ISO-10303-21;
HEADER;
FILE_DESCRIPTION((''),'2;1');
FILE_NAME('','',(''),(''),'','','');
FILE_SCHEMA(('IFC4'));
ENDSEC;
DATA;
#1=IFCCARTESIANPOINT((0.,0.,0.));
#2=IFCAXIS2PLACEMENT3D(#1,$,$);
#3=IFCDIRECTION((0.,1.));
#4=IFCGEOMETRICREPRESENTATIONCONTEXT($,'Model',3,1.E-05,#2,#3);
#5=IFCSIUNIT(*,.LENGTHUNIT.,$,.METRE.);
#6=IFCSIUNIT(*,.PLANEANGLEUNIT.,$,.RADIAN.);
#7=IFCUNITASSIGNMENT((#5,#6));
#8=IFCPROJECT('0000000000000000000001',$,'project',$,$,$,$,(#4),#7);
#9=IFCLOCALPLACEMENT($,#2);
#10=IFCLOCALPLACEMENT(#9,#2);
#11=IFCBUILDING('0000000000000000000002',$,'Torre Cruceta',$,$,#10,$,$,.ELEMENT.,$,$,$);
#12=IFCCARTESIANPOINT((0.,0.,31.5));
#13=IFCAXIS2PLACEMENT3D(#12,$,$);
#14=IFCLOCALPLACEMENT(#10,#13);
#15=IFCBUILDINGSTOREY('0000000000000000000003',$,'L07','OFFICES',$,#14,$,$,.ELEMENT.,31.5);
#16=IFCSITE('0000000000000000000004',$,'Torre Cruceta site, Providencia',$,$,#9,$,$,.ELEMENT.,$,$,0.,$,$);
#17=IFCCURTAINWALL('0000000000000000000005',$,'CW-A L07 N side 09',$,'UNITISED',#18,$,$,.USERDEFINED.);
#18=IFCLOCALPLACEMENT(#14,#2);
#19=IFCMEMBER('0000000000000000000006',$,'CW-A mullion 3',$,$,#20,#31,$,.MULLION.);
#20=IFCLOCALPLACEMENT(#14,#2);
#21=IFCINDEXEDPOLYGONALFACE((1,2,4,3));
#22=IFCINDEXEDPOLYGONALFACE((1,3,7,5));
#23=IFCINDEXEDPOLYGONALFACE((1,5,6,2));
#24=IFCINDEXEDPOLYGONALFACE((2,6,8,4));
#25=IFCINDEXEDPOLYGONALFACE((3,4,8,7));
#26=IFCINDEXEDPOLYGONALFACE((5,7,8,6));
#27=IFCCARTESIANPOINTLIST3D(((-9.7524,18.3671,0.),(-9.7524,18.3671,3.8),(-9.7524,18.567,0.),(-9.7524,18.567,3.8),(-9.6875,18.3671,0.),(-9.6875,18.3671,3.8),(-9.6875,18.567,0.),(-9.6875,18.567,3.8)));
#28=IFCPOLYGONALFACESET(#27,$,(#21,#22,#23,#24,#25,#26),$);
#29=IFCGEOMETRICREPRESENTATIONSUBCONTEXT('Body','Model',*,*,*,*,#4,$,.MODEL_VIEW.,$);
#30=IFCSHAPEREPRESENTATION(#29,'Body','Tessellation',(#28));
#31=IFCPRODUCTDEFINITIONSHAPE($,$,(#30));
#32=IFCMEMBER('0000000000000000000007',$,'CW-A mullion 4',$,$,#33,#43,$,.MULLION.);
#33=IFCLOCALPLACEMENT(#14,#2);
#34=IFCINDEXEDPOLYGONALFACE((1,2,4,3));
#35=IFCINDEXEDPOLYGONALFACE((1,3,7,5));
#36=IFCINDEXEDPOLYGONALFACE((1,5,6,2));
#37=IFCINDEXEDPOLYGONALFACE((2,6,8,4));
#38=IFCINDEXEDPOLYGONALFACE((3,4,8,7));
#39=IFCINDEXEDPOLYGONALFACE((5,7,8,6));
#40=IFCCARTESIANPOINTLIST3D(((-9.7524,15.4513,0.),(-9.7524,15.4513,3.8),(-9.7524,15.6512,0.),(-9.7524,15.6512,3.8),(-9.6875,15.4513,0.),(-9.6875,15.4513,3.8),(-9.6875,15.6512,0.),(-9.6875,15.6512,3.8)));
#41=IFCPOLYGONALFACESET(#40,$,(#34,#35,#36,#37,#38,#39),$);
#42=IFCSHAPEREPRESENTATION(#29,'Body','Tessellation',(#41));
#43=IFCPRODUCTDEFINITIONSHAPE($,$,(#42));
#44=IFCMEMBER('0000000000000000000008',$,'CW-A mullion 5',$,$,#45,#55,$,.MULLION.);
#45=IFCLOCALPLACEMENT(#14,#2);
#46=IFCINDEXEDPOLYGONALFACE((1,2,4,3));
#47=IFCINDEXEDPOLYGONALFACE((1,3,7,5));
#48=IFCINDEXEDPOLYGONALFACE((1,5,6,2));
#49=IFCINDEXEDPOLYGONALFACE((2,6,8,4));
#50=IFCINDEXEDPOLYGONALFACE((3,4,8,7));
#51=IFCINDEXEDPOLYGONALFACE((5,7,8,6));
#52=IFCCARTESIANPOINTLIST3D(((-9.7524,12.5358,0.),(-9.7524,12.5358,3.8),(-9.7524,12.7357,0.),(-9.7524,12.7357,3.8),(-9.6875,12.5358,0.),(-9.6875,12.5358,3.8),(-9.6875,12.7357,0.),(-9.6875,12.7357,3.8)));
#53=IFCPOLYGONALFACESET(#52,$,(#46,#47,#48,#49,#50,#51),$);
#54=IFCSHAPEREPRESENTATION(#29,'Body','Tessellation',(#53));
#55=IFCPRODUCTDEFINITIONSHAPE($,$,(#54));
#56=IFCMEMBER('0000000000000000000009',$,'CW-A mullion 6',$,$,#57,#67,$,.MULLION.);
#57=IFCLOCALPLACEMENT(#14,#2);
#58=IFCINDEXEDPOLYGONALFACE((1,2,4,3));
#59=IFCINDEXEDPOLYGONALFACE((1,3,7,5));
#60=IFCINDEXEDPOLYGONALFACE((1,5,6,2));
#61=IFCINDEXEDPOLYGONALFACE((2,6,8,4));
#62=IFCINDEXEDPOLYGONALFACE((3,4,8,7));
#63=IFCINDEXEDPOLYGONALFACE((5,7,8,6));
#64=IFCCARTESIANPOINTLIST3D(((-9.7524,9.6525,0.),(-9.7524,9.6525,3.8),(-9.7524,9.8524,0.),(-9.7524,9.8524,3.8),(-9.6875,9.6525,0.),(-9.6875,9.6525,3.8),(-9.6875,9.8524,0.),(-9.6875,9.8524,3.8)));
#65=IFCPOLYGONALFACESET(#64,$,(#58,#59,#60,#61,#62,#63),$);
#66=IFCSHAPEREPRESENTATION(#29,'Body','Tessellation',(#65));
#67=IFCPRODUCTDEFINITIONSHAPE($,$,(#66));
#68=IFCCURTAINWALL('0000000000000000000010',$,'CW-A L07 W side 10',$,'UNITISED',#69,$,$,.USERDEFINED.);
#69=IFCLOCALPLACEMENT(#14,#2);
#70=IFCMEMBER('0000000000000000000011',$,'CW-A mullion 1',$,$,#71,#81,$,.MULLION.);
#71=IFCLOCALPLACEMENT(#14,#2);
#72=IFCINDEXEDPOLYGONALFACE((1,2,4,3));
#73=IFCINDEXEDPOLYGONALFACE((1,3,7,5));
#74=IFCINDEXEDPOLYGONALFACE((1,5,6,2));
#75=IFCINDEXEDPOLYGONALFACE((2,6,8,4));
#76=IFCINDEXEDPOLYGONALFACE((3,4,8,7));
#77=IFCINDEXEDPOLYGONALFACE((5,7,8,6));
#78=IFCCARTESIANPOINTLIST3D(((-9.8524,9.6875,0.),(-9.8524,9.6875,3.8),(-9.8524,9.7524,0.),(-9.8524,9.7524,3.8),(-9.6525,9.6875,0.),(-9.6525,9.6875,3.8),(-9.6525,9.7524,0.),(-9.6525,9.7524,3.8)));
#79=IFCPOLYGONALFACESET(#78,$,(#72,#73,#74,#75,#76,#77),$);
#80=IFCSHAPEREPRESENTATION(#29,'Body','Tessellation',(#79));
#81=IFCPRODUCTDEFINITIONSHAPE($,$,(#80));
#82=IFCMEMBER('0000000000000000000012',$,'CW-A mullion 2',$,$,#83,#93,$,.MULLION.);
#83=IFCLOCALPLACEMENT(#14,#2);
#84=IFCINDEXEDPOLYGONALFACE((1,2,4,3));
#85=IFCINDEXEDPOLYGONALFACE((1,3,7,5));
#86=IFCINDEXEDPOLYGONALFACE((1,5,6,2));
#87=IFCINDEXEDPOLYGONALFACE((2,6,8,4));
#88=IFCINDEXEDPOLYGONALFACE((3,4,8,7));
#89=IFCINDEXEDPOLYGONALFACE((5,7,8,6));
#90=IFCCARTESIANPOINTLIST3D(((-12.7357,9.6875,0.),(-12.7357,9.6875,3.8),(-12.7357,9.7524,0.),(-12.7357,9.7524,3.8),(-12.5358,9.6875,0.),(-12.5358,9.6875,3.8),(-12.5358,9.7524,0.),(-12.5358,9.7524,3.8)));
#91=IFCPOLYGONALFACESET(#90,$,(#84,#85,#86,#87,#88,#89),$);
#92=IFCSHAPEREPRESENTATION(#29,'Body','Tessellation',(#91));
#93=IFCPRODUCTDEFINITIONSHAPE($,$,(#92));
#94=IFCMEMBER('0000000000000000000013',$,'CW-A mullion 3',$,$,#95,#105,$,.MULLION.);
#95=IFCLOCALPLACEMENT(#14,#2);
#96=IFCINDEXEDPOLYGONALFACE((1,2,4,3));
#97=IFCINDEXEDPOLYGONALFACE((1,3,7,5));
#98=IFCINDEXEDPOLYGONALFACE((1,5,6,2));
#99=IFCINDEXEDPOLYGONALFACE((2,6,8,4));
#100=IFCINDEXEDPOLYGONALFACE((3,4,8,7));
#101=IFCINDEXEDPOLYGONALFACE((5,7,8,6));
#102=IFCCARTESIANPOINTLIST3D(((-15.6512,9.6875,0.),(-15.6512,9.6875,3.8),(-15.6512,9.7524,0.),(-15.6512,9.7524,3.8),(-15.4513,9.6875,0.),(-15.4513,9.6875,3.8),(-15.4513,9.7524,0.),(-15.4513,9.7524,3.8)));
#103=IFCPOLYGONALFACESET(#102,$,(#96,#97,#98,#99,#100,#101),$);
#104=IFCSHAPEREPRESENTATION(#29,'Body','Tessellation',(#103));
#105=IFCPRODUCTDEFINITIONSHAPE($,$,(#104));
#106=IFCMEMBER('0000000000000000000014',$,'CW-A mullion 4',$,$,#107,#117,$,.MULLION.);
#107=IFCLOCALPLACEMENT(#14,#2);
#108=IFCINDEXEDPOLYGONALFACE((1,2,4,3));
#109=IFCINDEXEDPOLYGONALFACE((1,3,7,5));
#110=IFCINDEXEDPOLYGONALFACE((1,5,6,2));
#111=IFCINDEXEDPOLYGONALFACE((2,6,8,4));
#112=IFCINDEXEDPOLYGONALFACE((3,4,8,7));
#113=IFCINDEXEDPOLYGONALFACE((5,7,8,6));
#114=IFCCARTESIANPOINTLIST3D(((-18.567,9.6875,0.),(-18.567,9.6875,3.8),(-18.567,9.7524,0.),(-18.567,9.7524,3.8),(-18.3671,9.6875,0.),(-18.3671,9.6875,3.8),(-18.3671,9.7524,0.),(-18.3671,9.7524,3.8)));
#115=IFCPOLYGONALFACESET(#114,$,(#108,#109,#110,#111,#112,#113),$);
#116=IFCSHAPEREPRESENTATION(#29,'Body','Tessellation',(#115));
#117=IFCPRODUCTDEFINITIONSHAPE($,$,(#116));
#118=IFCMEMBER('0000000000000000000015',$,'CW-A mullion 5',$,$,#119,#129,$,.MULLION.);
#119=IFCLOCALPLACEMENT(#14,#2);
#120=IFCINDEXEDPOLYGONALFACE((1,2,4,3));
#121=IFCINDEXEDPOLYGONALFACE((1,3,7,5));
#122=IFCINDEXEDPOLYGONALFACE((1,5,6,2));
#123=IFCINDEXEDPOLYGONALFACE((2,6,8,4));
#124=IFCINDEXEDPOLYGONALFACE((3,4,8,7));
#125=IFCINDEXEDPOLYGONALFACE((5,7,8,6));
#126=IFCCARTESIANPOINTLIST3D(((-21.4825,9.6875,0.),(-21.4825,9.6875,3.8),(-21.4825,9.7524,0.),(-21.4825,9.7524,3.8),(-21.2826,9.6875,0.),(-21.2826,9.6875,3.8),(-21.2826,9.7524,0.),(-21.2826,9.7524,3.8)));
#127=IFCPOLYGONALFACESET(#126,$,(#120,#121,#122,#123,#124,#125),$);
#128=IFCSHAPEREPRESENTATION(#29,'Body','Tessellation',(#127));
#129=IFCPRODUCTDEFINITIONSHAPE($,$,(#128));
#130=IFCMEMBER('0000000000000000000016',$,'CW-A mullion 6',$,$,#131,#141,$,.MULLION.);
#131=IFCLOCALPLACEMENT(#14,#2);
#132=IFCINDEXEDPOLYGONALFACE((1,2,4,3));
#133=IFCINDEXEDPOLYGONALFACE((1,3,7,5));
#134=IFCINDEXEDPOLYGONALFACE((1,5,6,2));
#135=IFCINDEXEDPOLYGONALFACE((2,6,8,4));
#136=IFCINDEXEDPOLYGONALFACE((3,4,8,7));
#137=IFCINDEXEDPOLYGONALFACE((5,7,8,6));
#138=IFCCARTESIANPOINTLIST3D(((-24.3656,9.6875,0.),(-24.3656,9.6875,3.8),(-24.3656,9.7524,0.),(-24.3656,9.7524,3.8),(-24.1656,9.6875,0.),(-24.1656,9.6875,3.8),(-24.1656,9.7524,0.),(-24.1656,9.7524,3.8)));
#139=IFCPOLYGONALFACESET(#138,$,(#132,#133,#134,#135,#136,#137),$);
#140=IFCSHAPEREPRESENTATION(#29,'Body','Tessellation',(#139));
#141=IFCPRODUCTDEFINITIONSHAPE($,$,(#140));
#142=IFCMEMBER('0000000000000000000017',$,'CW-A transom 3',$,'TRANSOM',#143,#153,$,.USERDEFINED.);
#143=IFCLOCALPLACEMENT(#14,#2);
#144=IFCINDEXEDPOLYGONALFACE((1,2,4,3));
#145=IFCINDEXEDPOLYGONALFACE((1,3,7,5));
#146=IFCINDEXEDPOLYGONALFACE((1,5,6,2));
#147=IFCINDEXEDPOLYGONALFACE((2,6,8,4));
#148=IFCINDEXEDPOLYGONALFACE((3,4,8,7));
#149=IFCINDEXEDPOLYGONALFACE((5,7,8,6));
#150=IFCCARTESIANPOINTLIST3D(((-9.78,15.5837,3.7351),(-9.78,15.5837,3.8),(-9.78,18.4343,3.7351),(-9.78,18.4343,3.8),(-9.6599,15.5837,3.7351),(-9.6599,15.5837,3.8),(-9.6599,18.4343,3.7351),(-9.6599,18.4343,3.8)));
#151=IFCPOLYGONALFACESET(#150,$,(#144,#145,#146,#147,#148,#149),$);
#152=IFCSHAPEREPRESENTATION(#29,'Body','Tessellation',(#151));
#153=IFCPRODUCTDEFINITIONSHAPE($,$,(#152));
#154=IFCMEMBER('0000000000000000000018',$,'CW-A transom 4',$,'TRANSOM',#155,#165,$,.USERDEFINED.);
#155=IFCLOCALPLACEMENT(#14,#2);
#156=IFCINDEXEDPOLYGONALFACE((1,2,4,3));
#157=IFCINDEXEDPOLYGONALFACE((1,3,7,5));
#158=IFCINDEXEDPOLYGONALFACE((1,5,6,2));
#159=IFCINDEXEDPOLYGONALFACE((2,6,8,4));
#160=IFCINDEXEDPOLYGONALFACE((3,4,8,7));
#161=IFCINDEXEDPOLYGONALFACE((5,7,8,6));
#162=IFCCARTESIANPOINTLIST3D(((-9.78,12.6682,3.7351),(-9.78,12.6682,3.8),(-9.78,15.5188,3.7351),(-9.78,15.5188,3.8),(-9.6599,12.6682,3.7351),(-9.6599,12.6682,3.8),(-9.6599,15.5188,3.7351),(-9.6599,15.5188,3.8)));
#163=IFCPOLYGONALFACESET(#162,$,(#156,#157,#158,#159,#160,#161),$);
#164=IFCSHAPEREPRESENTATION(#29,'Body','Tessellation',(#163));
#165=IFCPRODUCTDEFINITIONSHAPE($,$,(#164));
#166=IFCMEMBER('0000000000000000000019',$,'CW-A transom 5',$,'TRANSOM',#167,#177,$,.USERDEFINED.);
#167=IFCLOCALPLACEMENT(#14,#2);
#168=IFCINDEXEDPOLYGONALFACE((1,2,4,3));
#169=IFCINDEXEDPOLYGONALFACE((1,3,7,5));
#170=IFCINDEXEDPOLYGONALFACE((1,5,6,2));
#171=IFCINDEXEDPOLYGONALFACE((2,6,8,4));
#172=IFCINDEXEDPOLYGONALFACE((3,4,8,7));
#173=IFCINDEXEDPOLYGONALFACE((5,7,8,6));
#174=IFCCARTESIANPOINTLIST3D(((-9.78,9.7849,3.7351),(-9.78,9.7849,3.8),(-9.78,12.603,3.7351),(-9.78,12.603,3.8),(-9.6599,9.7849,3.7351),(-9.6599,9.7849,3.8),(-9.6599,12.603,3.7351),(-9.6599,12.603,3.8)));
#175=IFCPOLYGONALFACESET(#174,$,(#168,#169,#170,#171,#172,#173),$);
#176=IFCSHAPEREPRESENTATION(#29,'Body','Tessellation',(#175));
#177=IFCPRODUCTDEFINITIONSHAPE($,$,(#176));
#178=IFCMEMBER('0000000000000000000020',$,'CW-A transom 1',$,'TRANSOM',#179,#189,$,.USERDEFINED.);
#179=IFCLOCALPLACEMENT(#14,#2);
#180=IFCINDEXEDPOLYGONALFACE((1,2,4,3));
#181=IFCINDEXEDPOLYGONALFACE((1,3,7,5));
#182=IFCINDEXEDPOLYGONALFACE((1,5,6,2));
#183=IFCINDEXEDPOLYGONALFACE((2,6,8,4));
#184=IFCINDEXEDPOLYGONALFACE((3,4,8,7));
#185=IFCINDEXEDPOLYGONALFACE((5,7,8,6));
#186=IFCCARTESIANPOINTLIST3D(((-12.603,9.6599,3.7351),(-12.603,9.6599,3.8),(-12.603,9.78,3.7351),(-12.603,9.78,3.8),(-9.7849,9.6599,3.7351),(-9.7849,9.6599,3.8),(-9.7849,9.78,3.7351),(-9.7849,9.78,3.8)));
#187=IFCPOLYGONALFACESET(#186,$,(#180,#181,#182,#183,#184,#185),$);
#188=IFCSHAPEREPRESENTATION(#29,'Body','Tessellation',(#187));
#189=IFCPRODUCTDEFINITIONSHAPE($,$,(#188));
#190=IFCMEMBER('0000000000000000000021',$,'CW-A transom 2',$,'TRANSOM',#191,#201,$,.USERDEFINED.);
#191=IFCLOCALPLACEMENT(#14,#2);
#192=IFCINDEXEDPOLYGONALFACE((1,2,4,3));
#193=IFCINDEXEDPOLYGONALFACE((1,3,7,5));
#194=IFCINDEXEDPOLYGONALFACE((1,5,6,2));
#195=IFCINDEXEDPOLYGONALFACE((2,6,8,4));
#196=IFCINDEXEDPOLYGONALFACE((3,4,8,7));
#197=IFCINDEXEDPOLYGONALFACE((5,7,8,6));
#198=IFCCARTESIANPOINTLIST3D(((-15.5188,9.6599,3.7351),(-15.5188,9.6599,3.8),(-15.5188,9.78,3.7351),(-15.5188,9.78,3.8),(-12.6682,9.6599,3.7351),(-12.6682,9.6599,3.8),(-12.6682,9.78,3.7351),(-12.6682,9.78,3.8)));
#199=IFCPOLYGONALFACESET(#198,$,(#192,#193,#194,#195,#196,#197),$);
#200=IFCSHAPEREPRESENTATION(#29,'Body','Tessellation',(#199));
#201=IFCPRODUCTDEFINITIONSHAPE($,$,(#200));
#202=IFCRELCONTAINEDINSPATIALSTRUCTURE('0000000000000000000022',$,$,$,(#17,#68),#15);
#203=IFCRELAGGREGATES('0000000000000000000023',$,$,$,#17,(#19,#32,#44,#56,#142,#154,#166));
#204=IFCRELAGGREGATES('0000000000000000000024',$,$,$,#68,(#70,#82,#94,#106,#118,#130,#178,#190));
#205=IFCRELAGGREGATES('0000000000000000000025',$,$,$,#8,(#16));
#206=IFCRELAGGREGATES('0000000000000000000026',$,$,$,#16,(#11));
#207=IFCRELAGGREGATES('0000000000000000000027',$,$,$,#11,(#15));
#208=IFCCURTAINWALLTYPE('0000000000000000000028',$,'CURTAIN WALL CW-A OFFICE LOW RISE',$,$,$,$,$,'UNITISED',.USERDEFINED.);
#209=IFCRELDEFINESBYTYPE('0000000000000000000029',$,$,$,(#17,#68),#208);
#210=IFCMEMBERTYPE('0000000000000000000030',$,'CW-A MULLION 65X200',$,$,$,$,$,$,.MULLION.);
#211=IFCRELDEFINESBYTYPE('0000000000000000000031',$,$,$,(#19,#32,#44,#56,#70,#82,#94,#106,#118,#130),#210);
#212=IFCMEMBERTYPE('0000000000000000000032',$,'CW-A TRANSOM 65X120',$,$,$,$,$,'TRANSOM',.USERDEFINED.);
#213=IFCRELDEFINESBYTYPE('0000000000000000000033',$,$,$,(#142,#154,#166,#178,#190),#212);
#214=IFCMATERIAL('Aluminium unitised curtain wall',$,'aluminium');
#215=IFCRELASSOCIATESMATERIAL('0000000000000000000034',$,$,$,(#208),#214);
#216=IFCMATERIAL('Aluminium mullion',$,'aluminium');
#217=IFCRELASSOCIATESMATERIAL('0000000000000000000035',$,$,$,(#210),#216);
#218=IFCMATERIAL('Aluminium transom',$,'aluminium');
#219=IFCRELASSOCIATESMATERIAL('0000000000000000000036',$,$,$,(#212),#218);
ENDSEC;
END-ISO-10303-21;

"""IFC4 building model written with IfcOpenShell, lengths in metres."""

from ifc_helpers import new_model, si_unit, direction, frame, origin, origin_2d, place, context, subcontext, project, spatial, rectangle, extrude, material, material_profile, profile_set, type_object, element, aggregate, save


model = new_model("IFC4")

# Units and contexts
model_context = context("Model", 3, precision=1e-05, world=origin(), true_north=direction((0.0, 1.0)))
body_context = subcontext(model_context, "Body", "Model", "MODEL_VIEW")
ifc_project = project(units=[si_unit("LENGTHUNIT", "METRE"), si_unit("PLANEANGLEUNIT", "RADIAN")], contexts=[model_context])

# Site, building, storey
site_placement = place(None, origin())
site = spatial("IfcSite", under=ifc_project, at=site_placement, Name="Torre Cruceta site, Providencia", CompositionType="ELEMENT", RefElevation=0.0)
building_placement = place(site_placement, origin())
building = spatial("IfcBuilding", under=site, at=building_placement, Name="Torre Cruceta", CompositionType="ELEMENT")
storey_placement = place(building_placement, frame((0.0, 0.0, 31.5)))
storey = spatial("IfcBuildingStorey", under=building, at=storey_placement, Name="L07", Description="OFFICES", CompositionType="ELEMENT", Elevation=31.5)

# Curtain walls, members
ifc_material_1 = material(Name="Aluminium unitised curtain wall", Category="aluminium")
curtain_wall_type = type_object("IfcCurtainWallType", Name="CURTAIN WALL CW-A OFFICE LOW RISE", ElementType="UNITISED", PredefinedType="USERDEFINED", material=ifc_material_1)
curtain_wall_1_placement = place(storey_placement, origin())
curtain_wall_1 = element("IfcCurtainWall", 1, at=curtain_wall_1_placement, inside=storey, type_object=curtain_wall_type, Name="CW-A L07 N side 09", ObjectType="UNITISED", PredefinedType="USERDEFINED")
ifc_material_2 = material(Name="Aluminium mullion", Category="aluminium")
ifc_material_profile_1 = material_profile(ifc_material_2, rectangle(XDim=0.0649, YDim=0.2, at=origin_2d()), Name="AL 65X200")
ifc_profile_set_1 = profile_set([ifc_material_profile_1], Name="Aluminium mullion")
member_type_1 = type_object("IfcMemberType", Name="CW-A MULLION 65X200", PredefinedType="MULLION", material=ifc_profile_set_1)
member_1_placement = place(storey_placement, frame((-9.72, 18.467, 0.0), z_axis=(0.0, 0.0, 1.0), x_axis=(1.0, 0.0, 0.0)))
member_1 = element("IfcMember", 2, at=member_1_placement, type_object=member_type_1, Name="CW-A mullion 3", PredefinedType="MULLION", context=body_context, shape_type="SweptSolid", body=[
    extrude(rectangle(XDim=0.0649, YDim=0.2, at=origin_2d()), origin(), (0.0, 0.0, 1.0), 3.8),
])
member_2_placement = place(storey_placement, frame((-9.72, 15.5513, 0.0), z_axis=(0.0, 0.0, 1.0), x_axis=(1.0, 0.0, 0.0)))
member_2 = element("IfcMember", 3, at=member_2_placement, type_object=member_type_1, Name="CW-A mullion 4", PredefinedType="MULLION", context=body_context, shape_type="SweptSolid", body=[
    extrude(rectangle(XDim=0.0649, YDim=0.2, at=origin_2d()), origin(), (0.0, 0.0, 1.0), 3.8),
])
member_3_placement = place(storey_placement, frame((-9.72, 12.6357, 0.0), z_axis=(0.0, 0.0, 1.0), x_axis=(1.0, 0.0, 0.0)))
member_3 = element("IfcMember", 4, at=member_3_placement, type_object=member_type_1, Name="CW-A mullion 5", PredefinedType="MULLION", context=body_context, shape_type="SweptSolid", body=[
    extrude(rectangle(XDim=0.0649, YDim=0.2, at=origin_2d()), origin(), (0.0, 0.0, 1.0), 3.8),
])
member_4_placement = place(storey_placement, frame((-9.72, 9.7524, 0.0), z_axis=(0.0, 0.0, 1.0), x_axis=(1.0, 0.0, 0.0)))
member_4 = element("IfcMember", 5, at=member_4_placement, type_object=member_type_1, Name="CW-A mullion 6", PredefinedType="MULLION", context=body_context, shape_type="SweptSolid", body=[
    extrude(rectangle(XDim=0.0649, YDim=0.2, at=origin_2d()), origin(), (0.0, 0.0, 1.0), 3.8),
])
curtain_wall_2_placement = place(storey_placement, origin())
curtain_wall_2 = element("IfcCurtainWall", 6, at=curtain_wall_2_placement, inside=storey, type_object=curtain_wall_type, Name="CW-A L07 W side 10", ObjectType="UNITISED", PredefinedType="USERDEFINED")
member_5_placement = place(storey_placement, frame((-9.7524, 9.72, 0.0), z_axis=(0.0, 0.0, 1.0), x_axis=(0.0, -1.0, 0.0)))
member_5 = element("IfcMember", 7, at=member_5_placement, type_object=member_type_1, Name="CW-A mullion 1", PredefinedType="MULLION", context=body_context, shape_type="SweptSolid", body=[
    extrude(rectangle(XDim=0.0649, YDim=0.2, at=origin_2d()), origin(), (0.0, 0.0, 1.0), 3.8),
])
member_6_placement = place(storey_placement, frame((-12.6357, 9.72, 0.0), z_axis=(0.0, 0.0, 1.0), x_axis=(0.0, -1.0, 0.0)))
member_6 = element("IfcMember", 8, at=member_6_placement, type_object=member_type_1, Name="CW-A mullion 2", PredefinedType="MULLION", context=body_context, shape_type="SweptSolid", body=[
    extrude(rectangle(XDim=0.0649, YDim=0.2, at=origin_2d()), origin(), (0.0, 0.0, 1.0), 3.8),
])
member_7_placement = place(storey_placement, frame((-15.5513, 9.72, 0.0), z_axis=(0.0, 0.0, 1.0), x_axis=(0.0, -1.0, 0.0)))
member_7 = element("IfcMember", 9, at=member_7_placement, type_object=member_type_1, Name="CW-A mullion 3", PredefinedType="MULLION", context=body_context, shape_type="SweptSolid", body=[
    extrude(rectangle(XDim=0.0649, YDim=0.2, at=origin_2d()), origin(), (0.0, 0.0, 1.0), 3.8),
])
member_8_placement = place(storey_placement, frame((-18.467, 9.72, 0.0), z_axis=(0.0, 0.0, 1.0), x_axis=(0.0, -1.0, 0.0)))
member_8 = element("IfcMember", 10, at=member_8_placement, type_object=member_type_1, Name="CW-A mullion 4", PredefinedType="MULLION", context=body_context, shape_type="SweptSolid", body=[
    extrude(rectangle(XDim=0.0649, YDim=0.2, at=origin_2d()), origin(), (0.0, 0.0, 1.0), 3.8),
])
member_9_placement = place(storey_placement, frame((-21.3826, 9.72, 0.0), z_axis=(0.0, 0.0, 1.0), x_axis=(0.0, -1.0, 0.0)))
member_9 = element("IfcMember", 11, at=member_9_placement, type_object=member_type_1, Name="CW-A mullion 5", PredefinedType="MULLION", context=body_context, shape_type="SweptSolid", body=[
    extrude(rectangle(XDim=0.0649, YDim=0.2, at=origin_2d()), origin(), (0.0, 0.0, 1.0), 3.8),
])
member_10_placement = place(storey_placement, frame((-24.2656, 9.72, 0.0), z_axis=(0.0, 0.0, 1.0), x_axis=(0.0, -1.0, 0.0)))
member_10 = element("IfcMember", 12, at=member_10_placement, type_object=member_type_1, Name="CW-A mullion 6", PredefinedType="MULLION", context=body_context, shape_type="SweptSolid", body=[
    extrude(rectangle(XDim=0.0649, YDim=0.2, at=origin_2d()), origin(), (0.0, 0.0, 1.0), 3.8),
])

# Members
ifc_material_3 = material(Name="Aluminium transom", Category="aluminium")
ifc_material_profile_2 = material_profile(ifc_material_3, rectangle(XDim=0.1201, YDim=0.0649, at=origin_2d()), Name="AL 120X65")
ifc_profile_set_2 = profile_set([ifc_material_profile_2], Name="Aluminium transom")
member_type_2 = type_object("IfcMemberType", Name="CW-A TRANSOM 65X120", ElementType="TRANSOM", PredefinedType="USERDEFINED", material=ifc_profile_set_2)
member_11_placement = place(storey_placement, frame((-9.72, 18.4343, 3.7676), z_axis=(0.0, -1.0, 0.0), x_axis=(1.0, 0.0, 0.0)))
member_11 = element("IfcMember", 13, at=member_11_placement, type_object=member_type_2, Name="CW-A transom 3", ObjectType="TRANSOM", PredefinedType="USERDEFINED", context=body_context, shape_type="SweptSolid", body=[
    extrude(rectangle(XDim=0.1201, YDim=0.0649, at=origin_2d()), origin(), (0.0, 0.0, 1.0), 2.8506),
])
member_12_placement = place(storey_placement, frame((-9.72, 15.5188, 3.7676), z_axis=(0.0, -1.0, 0.0), x_axis=(1.0, 0.0, 0.0)))
member_12 = element("IfcMember", 14, at=member_12_placement, type_object=member_type_2, Name="CW-A transom 4", ObjectType="TRANSOM", PredefinedType="USERDEFINED", context=body_context, shape_type="SweptSolid", body=[
    extrude(rectangle(XDim=0.1201, YDim=0.0649, at=origin_2d()), origin(), (0.0, 0.0, 1.0), 2.8506),
])
member_13_placement = place(storey_placement, frame((-9.72, 12.603, 3.7676), z_axis=(0.0, -1.0, 0.0), x_axis=(1.0, 0.0, 0.0)))
member_13 = element("IfcMember", 15, at=member_13_placement, type_object=member_type_2, Name="CW-A transom 5", ObjectType="TRANSOM", PredefinedType="USERDEFINED", context=body_context, shape_type="SweptSolid", body=[
    extrude(rectangle(XDim=0.1201, YDim=0.0649, at=origin_2d()), origin(), (0.0, 0.0, 1.0), 2.8181),
])
member_14_placement = place(storey_placement, frame((-9.7849, 9.72, 3.7676), z_axis=(-1.0, 0.0, 0.0), x_axis=(0.0, -1.0, 0.0)))
member_14 = element("IfcMember", 16, at=member_14_placement, type_object=member_type_2, Name="CW-A transom 1", ObjectType="TRANSOM", PredefinedType="USERDEFINED", context=body_context, shape_type="SweptSolid", body=[
    extrude(rectangle(XDim=0.1201, YDim=0.0649, at=origin_2d()), origin(), (0.0, 0.0, 1.0), 2.8181),
])
member_15_placement = place(storey_placement, frame((-12.6682, 9.72, 3.7676), z_axis=(-1.0, 0.0, 0.0), x_axis=(0.0, -1.0, 0.0)))
member_15 = element("IfcMember", 17, at=member_15_placement, type_object=member_type_2, Name="CW-A transom 2", ObjectType="TRANSOM", PredefinedType="USERDEFINED", context=body_context, shape_type="SweptSolid", body=[
    extrude(rectangle(XDim=0.1201, YDim=0.0649, at=origin_2d()), origin(), (0.0, 0.0, 1.0), 2.8506),
])

aggregate(curtain_wall_1, [member_1, member_2, member_3, member_4, member_11, member_12, member_13])
aggregate(curtain_wall_2, [member_5, member_6, member_7, member_8, member_9, member_10, member_14, member_15])

save(model, "model.ifc")
